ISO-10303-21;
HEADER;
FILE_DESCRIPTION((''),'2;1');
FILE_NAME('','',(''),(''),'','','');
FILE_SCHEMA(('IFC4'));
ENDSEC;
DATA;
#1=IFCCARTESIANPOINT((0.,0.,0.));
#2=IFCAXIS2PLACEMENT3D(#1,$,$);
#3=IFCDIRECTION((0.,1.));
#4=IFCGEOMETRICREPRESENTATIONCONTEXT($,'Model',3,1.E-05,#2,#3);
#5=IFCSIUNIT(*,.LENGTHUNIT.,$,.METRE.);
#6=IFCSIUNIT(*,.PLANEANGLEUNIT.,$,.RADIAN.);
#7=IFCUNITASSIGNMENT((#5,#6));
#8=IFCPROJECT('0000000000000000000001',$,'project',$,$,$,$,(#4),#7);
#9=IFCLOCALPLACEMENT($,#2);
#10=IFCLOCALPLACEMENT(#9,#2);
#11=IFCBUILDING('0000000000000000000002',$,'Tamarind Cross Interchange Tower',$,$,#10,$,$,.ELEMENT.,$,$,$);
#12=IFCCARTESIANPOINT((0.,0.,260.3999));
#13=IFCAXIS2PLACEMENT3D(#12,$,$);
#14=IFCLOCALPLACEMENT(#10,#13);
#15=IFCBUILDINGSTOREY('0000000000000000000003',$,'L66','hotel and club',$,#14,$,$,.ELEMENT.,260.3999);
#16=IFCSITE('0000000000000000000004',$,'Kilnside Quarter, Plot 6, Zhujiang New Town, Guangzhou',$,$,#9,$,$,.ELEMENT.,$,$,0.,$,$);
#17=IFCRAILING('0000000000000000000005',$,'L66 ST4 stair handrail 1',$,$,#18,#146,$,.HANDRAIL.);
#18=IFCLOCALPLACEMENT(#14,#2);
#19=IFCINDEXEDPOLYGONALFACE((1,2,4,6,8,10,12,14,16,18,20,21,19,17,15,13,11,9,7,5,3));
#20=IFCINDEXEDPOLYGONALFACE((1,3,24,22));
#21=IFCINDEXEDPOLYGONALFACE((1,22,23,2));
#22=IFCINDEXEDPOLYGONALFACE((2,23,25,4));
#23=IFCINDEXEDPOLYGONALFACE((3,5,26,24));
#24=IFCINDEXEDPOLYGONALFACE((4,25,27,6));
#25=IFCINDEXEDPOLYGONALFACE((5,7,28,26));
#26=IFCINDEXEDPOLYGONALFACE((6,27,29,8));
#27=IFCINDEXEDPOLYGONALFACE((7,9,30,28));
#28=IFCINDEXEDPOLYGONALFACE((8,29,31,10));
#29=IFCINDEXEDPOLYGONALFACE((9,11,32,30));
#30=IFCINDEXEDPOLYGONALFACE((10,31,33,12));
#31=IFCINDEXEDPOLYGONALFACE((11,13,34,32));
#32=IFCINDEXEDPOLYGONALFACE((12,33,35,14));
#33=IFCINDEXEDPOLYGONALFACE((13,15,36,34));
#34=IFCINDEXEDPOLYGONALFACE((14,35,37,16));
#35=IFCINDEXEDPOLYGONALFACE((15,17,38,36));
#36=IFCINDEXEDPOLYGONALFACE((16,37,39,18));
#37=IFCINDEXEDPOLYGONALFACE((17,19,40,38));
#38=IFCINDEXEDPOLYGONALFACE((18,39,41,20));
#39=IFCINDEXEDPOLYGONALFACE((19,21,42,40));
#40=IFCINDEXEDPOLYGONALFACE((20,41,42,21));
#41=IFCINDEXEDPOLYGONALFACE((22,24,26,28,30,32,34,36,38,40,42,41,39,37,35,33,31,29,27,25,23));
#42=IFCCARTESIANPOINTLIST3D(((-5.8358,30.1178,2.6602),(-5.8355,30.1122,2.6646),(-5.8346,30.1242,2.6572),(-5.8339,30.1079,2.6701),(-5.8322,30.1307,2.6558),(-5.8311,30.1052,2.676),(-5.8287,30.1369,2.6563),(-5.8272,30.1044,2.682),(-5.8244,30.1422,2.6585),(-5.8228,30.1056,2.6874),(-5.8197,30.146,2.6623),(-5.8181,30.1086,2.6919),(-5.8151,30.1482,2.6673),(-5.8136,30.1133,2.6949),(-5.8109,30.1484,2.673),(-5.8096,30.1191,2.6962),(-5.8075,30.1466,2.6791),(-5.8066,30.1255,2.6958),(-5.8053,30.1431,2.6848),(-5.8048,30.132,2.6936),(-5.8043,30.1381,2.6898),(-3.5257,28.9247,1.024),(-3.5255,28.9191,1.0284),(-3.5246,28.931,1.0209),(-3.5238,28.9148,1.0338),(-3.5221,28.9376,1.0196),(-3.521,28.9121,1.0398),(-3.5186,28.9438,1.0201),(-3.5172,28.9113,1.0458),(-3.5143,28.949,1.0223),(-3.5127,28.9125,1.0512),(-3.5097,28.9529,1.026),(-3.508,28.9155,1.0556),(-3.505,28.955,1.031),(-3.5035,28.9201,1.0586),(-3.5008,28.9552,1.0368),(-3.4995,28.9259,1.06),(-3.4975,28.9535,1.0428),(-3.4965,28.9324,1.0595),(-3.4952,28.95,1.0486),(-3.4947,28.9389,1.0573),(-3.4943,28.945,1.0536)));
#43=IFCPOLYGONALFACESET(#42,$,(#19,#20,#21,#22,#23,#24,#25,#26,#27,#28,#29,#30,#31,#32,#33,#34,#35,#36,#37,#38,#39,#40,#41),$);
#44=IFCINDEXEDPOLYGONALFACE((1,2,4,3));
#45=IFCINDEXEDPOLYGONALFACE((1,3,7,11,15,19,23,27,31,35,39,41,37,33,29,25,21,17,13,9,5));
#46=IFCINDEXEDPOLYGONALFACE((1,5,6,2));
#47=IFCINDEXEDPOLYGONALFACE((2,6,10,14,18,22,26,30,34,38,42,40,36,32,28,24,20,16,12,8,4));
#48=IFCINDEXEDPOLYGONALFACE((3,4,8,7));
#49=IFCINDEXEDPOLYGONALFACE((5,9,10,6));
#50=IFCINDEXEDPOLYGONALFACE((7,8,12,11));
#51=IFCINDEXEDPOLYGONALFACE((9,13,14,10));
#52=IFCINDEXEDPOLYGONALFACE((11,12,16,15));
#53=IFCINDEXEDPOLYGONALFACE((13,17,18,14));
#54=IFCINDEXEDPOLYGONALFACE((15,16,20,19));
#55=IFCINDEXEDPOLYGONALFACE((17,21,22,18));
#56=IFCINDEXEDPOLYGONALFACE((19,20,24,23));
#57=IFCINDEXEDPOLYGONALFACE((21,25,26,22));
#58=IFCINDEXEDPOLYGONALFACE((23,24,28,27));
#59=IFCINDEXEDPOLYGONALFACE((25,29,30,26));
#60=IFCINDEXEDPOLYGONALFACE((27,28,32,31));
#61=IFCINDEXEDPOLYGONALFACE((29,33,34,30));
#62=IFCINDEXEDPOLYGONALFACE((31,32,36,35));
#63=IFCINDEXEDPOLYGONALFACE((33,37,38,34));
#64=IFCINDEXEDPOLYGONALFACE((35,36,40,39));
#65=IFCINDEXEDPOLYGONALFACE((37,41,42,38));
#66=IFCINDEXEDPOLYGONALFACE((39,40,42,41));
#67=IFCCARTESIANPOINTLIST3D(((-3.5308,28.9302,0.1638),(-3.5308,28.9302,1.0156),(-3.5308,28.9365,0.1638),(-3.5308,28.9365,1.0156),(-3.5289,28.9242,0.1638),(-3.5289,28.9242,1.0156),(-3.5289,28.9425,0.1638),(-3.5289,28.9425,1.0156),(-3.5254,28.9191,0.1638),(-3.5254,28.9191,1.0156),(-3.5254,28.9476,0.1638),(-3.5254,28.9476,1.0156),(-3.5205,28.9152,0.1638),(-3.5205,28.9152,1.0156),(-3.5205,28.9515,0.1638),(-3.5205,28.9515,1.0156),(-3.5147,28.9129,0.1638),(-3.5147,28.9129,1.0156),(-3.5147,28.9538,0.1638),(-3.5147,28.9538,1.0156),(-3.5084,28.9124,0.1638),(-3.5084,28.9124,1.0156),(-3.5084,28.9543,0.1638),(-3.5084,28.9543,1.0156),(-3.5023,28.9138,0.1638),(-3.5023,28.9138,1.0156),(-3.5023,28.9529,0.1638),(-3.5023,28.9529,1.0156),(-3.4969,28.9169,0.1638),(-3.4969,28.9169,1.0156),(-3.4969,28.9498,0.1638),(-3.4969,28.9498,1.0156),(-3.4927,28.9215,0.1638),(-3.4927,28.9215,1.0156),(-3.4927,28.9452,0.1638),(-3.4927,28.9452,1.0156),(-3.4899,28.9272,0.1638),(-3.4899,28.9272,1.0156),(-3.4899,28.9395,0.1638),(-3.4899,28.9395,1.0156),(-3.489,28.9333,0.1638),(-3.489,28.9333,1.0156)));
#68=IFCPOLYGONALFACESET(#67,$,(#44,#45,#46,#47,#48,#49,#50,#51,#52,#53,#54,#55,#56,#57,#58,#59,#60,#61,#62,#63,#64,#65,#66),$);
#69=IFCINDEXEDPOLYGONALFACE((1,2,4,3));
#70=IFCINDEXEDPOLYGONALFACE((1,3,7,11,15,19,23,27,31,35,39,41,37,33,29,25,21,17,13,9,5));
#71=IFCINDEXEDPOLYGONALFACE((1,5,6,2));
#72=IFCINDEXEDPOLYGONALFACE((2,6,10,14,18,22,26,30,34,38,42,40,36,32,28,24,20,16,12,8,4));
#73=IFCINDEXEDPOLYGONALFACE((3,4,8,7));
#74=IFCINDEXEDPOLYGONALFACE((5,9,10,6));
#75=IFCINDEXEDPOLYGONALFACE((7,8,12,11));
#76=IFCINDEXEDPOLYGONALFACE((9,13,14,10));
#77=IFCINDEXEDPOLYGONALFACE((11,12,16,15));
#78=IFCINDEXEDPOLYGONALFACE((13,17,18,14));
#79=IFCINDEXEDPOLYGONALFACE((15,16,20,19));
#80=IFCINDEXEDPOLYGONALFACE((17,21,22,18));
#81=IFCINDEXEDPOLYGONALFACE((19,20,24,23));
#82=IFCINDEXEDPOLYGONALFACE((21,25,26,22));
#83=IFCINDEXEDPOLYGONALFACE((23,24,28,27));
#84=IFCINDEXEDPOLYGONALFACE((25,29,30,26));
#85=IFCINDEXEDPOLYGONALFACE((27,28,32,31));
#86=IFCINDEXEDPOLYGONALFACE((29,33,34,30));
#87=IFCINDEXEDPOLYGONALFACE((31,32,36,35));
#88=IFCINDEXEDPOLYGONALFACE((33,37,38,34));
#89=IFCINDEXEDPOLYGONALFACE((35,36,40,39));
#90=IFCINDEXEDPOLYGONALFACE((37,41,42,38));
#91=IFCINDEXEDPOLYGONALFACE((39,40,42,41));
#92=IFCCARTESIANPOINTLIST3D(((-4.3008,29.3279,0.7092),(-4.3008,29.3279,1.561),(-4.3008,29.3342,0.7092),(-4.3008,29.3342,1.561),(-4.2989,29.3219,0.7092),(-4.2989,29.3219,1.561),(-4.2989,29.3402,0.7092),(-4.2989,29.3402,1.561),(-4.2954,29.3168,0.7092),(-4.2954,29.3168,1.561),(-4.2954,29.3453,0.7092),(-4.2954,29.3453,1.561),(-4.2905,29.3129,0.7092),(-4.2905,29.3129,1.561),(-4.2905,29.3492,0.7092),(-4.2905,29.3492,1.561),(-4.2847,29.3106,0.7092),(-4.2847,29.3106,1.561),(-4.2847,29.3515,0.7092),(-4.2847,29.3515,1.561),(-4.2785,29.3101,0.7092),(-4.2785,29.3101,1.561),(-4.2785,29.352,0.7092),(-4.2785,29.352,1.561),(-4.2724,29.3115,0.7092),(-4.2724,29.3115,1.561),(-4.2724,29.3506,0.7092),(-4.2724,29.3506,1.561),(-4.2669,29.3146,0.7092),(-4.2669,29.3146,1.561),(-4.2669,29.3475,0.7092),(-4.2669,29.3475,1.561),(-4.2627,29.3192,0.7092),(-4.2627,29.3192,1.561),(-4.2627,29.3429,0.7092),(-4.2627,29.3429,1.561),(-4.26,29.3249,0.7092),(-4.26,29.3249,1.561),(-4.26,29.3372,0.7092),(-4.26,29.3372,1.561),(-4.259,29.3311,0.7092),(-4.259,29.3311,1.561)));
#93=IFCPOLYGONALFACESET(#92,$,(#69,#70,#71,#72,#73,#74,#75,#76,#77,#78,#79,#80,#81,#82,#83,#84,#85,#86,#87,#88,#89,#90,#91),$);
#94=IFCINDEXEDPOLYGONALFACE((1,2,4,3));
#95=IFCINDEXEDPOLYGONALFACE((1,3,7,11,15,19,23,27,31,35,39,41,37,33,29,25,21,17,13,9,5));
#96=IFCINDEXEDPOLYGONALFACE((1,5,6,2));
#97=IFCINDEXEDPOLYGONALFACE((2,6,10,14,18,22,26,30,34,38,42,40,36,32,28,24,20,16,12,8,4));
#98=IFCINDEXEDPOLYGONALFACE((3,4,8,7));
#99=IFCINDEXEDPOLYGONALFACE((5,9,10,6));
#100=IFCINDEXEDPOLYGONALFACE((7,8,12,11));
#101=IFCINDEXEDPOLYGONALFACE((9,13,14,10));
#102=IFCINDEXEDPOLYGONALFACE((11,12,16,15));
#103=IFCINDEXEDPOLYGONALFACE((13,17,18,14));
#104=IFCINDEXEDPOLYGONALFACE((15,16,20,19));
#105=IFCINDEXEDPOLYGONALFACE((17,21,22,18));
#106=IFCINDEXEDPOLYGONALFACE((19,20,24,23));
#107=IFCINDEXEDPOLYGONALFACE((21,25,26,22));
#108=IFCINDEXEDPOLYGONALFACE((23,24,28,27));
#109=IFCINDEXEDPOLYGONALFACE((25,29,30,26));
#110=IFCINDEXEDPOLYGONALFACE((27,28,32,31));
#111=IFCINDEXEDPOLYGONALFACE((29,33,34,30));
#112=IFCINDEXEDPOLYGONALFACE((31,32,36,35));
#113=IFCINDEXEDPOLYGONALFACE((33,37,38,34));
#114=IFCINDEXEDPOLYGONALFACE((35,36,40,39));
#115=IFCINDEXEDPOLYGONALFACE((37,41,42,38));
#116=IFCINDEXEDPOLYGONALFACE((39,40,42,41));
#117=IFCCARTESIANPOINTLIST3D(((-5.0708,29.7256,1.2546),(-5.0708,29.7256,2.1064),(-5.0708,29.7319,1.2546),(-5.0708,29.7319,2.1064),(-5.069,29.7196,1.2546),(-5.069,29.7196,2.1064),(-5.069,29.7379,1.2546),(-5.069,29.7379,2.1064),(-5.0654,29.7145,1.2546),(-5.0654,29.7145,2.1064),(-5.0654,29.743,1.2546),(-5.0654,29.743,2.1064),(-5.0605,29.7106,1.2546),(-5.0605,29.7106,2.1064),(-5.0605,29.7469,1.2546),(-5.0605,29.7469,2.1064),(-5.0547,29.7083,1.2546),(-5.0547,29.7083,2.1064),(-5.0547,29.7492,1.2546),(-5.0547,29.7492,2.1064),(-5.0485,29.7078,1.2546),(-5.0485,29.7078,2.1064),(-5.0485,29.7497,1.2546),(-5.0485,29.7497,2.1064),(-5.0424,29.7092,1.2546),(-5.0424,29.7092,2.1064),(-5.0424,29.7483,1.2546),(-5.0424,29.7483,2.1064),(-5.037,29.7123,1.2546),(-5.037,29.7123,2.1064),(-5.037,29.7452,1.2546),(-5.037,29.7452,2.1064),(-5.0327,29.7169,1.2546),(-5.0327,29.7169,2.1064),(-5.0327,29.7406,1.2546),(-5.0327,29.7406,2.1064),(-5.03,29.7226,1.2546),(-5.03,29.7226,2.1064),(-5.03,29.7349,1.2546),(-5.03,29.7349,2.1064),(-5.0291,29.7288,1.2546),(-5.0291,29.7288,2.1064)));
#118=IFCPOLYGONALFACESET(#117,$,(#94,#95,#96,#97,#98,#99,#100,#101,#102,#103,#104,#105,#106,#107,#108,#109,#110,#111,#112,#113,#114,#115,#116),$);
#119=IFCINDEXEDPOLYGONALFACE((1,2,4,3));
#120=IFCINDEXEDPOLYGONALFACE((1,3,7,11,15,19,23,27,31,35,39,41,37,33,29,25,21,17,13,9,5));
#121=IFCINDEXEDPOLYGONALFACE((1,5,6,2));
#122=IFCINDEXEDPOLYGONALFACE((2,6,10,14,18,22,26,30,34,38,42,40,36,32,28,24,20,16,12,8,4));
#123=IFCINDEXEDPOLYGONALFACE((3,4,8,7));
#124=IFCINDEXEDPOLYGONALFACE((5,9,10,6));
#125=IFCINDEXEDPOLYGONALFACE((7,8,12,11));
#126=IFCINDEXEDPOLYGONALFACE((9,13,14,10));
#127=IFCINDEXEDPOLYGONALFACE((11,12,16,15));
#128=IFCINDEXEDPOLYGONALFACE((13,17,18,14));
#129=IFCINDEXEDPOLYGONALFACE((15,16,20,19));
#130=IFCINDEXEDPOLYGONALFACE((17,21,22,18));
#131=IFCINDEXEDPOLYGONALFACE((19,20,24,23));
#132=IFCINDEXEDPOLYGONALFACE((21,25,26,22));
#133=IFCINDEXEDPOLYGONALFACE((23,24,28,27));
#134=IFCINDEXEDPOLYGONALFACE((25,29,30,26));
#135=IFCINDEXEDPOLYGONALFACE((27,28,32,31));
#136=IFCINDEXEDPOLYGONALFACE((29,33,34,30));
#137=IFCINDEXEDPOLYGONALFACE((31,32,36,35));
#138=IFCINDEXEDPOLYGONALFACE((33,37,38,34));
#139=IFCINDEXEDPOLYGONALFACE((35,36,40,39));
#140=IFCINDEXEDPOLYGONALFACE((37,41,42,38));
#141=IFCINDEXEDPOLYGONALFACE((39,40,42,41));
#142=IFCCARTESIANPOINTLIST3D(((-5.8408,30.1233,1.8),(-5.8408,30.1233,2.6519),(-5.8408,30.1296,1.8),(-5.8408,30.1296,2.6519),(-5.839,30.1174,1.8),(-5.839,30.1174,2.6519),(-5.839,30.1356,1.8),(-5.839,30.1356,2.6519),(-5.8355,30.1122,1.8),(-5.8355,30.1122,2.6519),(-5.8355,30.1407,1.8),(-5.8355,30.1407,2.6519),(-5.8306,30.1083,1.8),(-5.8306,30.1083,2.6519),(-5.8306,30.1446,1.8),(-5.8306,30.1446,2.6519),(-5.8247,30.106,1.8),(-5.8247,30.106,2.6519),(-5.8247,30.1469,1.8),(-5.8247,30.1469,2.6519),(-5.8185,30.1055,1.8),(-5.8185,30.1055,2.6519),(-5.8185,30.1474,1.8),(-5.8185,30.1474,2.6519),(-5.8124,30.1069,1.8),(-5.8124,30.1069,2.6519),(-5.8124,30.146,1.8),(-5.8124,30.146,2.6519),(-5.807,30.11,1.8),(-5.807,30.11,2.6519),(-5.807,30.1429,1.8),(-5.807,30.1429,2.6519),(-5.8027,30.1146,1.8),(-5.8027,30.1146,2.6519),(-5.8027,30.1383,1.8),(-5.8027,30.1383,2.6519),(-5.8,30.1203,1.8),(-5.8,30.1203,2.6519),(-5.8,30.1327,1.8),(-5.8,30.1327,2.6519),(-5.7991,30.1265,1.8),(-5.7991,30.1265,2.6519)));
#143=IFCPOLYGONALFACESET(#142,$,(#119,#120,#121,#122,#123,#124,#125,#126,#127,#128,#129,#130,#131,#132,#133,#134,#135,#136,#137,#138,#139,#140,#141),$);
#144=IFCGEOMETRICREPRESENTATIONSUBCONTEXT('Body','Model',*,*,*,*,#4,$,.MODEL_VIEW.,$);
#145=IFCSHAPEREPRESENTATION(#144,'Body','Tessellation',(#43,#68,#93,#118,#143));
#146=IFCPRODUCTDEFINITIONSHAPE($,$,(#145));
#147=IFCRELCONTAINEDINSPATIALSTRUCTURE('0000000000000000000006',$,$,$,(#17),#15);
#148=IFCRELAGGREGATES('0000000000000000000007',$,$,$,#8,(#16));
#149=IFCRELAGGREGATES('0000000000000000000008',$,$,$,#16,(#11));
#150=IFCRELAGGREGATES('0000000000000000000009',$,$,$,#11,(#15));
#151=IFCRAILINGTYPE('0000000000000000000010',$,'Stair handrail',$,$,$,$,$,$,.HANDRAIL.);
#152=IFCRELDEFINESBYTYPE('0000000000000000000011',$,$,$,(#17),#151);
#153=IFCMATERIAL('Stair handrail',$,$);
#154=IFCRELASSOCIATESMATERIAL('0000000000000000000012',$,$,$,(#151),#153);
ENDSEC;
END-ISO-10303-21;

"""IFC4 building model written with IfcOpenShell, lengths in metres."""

from ifc_helpers import new_model, si_unit, direction, frame, origin, origin_2d, place, context, subcontext, project, spatial, circle, extrude, material, type_object, element, save


model = new_model("IFC4")

# Units and contexts
model_context = context("Model", 3, precision=1e-05, world=origin(), true_north=direction((0.0, 1.0)))
body_context = subcontext(model_context, "Body", "Model", "MODEL_VIEW")
ifc_project = project(units=[si_unit("LENGTHUNIT", "METRE"), si_unit("PLANEANGLEUNIT", "RADIAN")], contexts=[model_context])

# Site, building, storey
site_placement = place(None, origin())
site = spatial("IfcSite", under=ifc_project, at=site_placement, Name="Kilnside Quarter, Plot 6, Zhujiang New Town, Guangzhou", CompositionType="ELEMENT", RefElevation=0.0)
building_placement = place(site_placement, origin())
building = spatial("IfcBuilding", under=site, at=building_placement, Name="Tamarind Cross Interchange Tower", CompositionType="ELEMENT")
storey_placement = place(building_placement, frame((0.0, 0.0, 260.3999)))
storey = spatial("IfcBuildingStorey", under=building, at=storey_placement, Name="L66", Description="hotel and club", CompositionType="ELEMENT", Elevation=260.3999)

# Railing
ifc_material_1 = material(Name="Stair handrail")
railing_type_1 = type_object("IfcRailingType", Name="Stair handrail", PredefinedType="HANDRAIL", material=ifc_material_1)
railing_1_placement = place(storey_placement, frame((-3.51, 28.9333, 0.1638)))
element("IfcRailing", 1, at=railing_1_placement, inside=storey, type_object=railing_type_1, Name="L66 ST4 stair handrail 1", PredefinedType="HANDRAIL", context=body_context, shape_type="SweptSolid", body=[
    extrude(circle(Radius=0.0239, at=origin_2d()), frame((0.0, 0.0, 0.876), z_axis=(-0.751974, 0.388385, 0.532628), x_axis=(-0.458894, -0.888491, 0.0)), (0.0, 0.0, 1.0), 3.072),
    extrude(circle(Radius=0.021, at=origin_2d()), origin(), (0.0, 0.0, 1.0), 0.8518),
    extrude(circle(Radius=0.021, at=origin_2d()), frame((-0.77, 0.3977, 0.5454)), (0.0, 0.0, 1.0), 0.8518),
    extrude(circle(Radius=0.021, at=origin_2d()), frame((-1.54, 0.7954, 1.0908)), (0.0, 0.0, 1.0), 0.8518),
    extrude(circle(Radius=0.021, at=origin_2d()), frame((-2.3101, 1.1931, 1.6362)), (0.0, 0.0, 1.0), 0.8518),
])

save(model, "model.ifc")
